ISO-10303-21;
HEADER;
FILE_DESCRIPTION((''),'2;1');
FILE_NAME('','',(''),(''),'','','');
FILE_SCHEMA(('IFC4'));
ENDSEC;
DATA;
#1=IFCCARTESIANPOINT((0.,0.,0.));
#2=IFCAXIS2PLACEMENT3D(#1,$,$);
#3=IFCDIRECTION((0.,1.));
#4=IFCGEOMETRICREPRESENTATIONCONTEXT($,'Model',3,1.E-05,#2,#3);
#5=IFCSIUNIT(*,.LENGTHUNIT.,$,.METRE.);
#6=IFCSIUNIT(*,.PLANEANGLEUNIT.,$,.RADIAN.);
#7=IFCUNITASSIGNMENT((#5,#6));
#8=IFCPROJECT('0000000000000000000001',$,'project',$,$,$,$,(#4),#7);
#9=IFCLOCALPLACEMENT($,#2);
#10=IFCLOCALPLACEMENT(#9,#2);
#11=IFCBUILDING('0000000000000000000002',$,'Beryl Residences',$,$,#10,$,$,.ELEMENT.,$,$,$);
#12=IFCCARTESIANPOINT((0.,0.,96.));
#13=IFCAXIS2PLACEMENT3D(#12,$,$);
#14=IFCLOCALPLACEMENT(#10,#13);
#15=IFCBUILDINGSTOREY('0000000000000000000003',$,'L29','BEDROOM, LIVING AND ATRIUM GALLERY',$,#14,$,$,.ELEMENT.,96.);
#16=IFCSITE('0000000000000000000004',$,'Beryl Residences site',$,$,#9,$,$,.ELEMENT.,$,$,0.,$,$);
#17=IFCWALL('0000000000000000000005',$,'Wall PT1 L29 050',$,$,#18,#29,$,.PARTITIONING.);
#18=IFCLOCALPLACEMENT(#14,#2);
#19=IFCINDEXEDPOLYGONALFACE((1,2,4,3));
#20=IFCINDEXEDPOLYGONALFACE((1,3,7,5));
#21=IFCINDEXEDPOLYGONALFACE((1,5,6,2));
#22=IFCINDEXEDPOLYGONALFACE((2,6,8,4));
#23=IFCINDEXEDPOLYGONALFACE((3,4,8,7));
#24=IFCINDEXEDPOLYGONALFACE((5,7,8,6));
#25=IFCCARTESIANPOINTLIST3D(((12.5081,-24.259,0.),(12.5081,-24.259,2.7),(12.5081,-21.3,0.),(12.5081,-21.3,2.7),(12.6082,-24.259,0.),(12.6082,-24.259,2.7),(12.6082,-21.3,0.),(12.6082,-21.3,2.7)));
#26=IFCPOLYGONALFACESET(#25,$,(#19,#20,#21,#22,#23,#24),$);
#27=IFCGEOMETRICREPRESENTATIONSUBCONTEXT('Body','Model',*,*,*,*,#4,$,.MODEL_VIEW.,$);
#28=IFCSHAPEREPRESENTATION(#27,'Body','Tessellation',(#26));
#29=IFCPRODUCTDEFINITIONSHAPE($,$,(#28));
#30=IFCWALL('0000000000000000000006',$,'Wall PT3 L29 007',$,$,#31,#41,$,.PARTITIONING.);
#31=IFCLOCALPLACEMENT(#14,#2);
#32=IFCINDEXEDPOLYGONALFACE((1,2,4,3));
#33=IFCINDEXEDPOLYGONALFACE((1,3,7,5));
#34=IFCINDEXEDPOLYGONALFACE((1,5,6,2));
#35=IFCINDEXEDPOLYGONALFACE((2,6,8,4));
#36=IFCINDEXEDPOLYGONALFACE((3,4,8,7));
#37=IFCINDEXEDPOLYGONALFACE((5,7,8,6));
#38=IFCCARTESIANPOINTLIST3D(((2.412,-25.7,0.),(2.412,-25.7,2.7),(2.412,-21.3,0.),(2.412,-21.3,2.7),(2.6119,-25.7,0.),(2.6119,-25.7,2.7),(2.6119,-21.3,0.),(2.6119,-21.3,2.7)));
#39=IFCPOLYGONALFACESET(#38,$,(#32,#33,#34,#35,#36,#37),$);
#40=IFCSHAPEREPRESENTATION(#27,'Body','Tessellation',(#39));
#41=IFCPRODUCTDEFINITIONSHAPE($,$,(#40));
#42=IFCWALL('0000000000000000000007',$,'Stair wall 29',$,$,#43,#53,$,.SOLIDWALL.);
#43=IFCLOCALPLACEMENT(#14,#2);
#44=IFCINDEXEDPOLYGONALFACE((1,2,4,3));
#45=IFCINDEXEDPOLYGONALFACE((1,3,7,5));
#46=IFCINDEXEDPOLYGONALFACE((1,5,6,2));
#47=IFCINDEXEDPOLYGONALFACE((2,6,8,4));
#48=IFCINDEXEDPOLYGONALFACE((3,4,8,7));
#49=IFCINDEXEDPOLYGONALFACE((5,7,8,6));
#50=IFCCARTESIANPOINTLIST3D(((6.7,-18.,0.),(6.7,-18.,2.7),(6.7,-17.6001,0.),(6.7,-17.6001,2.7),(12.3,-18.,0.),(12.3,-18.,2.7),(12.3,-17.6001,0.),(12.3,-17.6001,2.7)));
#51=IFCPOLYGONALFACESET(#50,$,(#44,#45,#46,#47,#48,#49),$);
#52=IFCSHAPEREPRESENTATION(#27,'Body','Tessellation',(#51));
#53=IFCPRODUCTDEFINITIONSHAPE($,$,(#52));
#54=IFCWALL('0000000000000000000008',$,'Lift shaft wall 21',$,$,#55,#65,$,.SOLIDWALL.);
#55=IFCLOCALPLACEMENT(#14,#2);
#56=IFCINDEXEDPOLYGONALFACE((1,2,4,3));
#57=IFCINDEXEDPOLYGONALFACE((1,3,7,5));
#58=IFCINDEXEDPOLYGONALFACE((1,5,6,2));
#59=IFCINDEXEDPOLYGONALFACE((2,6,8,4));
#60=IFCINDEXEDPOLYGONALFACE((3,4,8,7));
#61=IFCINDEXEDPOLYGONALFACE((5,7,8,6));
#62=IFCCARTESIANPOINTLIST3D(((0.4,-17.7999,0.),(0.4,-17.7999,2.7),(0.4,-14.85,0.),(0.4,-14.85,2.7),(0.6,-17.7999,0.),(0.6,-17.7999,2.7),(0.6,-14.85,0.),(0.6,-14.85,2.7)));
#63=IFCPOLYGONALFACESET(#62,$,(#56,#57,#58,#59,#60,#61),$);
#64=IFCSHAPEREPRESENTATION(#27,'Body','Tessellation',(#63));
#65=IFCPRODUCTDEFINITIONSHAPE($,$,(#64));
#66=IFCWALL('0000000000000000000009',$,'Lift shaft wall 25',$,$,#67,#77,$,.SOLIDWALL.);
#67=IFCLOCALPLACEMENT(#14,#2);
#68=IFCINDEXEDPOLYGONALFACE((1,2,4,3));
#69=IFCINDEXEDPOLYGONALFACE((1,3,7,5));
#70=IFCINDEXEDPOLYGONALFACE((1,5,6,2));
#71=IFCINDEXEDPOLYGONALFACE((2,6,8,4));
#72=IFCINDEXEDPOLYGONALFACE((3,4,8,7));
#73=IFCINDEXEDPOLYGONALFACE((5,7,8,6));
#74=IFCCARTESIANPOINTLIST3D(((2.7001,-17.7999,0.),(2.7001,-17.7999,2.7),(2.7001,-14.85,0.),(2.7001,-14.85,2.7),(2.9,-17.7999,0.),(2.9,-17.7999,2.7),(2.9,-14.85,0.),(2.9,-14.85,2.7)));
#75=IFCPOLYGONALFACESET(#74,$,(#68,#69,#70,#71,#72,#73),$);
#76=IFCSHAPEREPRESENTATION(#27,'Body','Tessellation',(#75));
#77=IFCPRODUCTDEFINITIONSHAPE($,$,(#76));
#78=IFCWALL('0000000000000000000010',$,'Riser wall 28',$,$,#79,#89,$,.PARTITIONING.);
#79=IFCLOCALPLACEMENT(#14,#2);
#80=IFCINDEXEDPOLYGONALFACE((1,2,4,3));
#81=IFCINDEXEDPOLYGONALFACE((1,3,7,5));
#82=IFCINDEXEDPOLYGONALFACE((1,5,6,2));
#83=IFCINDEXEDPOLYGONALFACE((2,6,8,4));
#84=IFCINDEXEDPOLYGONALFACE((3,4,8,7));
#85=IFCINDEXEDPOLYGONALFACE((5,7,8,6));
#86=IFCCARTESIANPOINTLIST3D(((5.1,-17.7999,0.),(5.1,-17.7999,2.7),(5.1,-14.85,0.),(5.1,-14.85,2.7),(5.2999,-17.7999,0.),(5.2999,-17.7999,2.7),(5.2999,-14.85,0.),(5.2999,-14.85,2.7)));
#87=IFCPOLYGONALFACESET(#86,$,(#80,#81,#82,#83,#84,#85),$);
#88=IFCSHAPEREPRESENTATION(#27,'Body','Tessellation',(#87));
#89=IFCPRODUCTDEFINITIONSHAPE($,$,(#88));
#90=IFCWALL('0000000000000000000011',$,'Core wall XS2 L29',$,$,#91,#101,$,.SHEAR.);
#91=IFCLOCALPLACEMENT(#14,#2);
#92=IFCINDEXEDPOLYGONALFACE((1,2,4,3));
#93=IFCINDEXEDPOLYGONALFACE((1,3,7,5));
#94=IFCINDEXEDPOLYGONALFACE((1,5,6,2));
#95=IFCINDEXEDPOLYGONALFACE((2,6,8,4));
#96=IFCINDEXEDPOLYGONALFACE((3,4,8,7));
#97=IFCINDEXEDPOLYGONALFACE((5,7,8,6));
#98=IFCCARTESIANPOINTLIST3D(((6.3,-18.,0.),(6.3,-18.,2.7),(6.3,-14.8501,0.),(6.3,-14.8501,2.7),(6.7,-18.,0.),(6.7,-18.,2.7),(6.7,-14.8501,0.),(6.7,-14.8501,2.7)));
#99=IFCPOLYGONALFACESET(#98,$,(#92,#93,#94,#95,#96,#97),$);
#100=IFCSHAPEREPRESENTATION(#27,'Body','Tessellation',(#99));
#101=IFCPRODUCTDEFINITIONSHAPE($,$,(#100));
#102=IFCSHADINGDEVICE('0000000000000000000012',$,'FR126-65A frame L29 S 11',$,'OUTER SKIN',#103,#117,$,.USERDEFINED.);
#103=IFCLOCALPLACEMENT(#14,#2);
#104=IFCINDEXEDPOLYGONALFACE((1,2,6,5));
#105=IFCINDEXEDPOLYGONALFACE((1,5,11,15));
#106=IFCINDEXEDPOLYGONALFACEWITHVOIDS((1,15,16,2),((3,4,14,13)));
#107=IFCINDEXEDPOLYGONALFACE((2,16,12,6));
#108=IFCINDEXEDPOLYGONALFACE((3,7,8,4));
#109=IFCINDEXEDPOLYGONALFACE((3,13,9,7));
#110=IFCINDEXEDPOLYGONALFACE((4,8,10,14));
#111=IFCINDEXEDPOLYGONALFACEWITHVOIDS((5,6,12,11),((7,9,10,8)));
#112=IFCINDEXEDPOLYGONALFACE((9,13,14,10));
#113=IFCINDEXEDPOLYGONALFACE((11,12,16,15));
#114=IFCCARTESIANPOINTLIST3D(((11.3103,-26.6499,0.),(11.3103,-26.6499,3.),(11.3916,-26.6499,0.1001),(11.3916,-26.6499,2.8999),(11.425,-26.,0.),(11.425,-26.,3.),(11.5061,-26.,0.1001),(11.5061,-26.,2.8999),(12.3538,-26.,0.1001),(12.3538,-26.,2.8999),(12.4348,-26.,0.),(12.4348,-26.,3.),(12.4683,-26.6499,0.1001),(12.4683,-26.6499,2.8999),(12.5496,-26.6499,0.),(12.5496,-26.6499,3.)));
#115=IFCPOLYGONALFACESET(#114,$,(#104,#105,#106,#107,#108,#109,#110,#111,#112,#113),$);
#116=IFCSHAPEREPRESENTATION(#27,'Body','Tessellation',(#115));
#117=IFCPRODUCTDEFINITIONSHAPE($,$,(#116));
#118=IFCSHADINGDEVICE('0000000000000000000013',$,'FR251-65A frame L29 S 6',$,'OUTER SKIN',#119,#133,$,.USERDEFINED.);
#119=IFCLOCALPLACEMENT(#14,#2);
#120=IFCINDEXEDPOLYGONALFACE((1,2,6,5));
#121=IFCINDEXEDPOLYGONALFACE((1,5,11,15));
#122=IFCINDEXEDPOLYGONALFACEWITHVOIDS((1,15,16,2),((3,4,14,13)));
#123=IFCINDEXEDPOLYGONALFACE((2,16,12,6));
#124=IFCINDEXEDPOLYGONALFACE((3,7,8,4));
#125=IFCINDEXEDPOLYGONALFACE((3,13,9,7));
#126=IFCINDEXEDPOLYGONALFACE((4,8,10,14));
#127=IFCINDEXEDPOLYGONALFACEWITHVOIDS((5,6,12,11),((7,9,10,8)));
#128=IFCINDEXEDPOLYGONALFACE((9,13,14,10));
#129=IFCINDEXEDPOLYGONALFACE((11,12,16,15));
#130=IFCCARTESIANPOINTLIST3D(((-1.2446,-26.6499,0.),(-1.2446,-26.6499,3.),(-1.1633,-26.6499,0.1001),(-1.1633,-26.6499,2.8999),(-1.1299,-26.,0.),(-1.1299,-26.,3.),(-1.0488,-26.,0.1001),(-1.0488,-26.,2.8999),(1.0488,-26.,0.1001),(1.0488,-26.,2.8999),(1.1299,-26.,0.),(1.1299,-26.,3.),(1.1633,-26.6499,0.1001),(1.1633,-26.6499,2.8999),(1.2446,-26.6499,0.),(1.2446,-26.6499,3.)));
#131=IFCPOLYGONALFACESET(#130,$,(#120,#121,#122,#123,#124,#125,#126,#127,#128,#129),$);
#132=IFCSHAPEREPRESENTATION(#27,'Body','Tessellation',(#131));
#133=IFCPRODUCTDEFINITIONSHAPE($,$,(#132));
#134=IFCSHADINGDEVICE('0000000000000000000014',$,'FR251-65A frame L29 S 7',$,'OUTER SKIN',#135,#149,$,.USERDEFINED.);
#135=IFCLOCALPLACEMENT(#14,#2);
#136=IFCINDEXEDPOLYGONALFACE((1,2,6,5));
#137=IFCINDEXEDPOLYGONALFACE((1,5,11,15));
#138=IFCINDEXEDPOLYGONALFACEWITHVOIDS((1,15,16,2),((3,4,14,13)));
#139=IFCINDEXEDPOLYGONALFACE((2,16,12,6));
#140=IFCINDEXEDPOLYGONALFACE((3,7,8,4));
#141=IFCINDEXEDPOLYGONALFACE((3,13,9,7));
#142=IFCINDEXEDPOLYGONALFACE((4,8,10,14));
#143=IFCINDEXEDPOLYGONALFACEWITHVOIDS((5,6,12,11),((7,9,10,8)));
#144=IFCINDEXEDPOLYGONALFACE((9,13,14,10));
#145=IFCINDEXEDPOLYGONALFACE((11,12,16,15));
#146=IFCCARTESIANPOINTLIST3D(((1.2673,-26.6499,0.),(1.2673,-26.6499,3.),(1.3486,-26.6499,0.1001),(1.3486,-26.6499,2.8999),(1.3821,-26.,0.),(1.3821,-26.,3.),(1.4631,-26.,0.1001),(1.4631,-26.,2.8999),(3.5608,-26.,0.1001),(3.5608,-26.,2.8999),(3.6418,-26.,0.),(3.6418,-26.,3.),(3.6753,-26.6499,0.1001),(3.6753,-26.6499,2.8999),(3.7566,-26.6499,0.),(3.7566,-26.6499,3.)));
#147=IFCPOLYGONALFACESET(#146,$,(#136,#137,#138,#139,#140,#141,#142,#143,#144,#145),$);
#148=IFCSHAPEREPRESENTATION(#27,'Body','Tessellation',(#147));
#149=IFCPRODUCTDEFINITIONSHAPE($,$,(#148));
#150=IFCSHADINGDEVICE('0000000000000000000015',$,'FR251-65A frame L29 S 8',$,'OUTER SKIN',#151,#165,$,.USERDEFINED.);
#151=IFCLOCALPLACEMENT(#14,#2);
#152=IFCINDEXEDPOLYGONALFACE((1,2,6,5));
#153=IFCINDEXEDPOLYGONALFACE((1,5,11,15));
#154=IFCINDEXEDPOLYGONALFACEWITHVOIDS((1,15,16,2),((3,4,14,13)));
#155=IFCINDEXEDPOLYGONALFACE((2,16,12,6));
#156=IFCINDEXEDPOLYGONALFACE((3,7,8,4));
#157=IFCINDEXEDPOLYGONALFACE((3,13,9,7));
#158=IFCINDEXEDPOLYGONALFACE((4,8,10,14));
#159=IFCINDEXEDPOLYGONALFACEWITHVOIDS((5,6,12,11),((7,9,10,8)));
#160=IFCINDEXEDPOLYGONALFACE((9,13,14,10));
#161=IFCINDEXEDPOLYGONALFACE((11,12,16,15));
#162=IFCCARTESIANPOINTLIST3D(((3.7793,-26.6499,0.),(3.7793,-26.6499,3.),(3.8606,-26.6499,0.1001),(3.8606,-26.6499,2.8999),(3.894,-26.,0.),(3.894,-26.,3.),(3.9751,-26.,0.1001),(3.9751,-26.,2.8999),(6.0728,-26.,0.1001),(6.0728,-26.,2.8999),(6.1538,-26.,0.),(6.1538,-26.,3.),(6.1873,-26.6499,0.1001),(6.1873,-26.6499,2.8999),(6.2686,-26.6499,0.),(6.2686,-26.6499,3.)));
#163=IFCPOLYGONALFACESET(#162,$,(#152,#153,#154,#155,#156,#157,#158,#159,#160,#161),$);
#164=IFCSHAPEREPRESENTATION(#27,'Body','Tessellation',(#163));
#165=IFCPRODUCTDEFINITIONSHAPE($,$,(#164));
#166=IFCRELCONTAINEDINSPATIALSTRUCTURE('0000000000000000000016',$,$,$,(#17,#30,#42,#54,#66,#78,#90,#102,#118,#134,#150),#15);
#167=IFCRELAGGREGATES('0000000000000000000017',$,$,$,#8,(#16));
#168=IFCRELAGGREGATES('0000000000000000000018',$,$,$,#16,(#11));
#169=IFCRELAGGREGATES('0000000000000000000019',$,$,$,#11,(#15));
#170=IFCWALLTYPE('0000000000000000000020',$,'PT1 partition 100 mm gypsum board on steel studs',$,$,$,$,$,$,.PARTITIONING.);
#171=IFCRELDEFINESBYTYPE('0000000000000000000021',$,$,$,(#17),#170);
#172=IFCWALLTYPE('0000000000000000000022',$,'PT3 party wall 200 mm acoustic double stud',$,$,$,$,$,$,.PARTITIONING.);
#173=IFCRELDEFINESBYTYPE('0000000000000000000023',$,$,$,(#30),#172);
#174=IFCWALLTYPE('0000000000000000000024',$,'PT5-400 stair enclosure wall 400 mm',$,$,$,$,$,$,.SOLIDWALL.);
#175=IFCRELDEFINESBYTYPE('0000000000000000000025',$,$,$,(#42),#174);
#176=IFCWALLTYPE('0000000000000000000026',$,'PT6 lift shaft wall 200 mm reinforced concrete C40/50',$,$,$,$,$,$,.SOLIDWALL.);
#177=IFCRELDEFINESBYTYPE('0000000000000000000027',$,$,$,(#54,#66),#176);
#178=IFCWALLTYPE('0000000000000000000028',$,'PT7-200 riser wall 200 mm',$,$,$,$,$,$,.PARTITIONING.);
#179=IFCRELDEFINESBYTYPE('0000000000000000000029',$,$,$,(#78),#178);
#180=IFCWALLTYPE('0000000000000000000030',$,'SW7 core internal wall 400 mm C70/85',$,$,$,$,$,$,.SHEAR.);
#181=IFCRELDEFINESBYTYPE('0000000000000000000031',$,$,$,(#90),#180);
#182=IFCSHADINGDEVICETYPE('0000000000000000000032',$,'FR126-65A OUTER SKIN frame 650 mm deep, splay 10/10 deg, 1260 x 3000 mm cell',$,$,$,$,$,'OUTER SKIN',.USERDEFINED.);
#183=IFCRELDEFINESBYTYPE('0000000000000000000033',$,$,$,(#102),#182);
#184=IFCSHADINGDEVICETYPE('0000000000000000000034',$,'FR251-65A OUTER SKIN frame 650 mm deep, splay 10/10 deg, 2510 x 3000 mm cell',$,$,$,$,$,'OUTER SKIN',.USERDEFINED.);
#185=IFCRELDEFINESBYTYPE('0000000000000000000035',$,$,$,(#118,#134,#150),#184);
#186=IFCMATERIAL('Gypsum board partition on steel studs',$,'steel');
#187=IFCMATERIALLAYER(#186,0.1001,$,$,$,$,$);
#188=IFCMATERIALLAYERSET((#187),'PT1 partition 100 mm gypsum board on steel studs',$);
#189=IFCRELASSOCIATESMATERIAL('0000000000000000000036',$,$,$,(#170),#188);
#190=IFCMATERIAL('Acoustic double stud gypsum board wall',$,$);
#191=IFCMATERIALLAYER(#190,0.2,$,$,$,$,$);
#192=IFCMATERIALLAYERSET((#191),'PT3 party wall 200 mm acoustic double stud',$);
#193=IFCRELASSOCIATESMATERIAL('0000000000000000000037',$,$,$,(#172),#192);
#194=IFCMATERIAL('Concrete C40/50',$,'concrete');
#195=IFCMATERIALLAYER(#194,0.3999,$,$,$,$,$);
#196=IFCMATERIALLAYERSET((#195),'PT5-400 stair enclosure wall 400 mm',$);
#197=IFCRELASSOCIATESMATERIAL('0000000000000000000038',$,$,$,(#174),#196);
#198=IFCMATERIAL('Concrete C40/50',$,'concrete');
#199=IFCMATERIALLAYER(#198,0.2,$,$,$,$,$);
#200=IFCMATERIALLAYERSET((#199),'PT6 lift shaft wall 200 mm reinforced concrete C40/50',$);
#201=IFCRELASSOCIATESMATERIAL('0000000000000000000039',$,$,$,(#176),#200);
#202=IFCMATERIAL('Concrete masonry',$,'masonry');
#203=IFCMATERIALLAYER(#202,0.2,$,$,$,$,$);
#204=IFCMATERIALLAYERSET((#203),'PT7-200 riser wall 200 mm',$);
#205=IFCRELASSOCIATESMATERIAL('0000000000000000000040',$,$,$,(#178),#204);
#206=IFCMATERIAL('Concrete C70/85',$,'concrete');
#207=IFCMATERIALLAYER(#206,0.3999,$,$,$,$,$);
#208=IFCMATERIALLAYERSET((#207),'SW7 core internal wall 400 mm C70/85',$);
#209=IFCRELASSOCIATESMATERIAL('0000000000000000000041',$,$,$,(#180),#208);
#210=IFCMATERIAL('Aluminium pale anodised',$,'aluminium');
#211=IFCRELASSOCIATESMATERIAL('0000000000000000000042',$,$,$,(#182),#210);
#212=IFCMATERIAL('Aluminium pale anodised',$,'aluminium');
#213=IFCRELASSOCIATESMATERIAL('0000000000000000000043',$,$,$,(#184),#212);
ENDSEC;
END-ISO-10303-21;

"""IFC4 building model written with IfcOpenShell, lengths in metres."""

from ifc_helpers import new_model, entity, si_unit, direction, frame, frame_2d, origin, place, context, subcontext, project, spatial, rectangle, extrude, source, transform, mapped, material, layer, layer_set, type_object, type_shapes, element, save


model = new_model("IFC4")

# Units and contexts
model_context = context("Model", 3, precision=1e-05, world=origin(), true_north=direction((0.0, 1.0)))
body_context = subcontext(model_context, "Body", "Model", "MODEL_VIEW")
ifc_project = project(units=[si_unit("LENGTHUNIT", "METRE"), si_unit("PLANEANGLEUNIT", "RADIAN")], contexts=[model_context])

# Site, building, storey
site_placement = place(None, origin())
site = spatial("IfcSite", under=ifc_project, at=site_placement, Name="Beryl Residences site", CompositionType="ELEMENT", RefElevation=0.0)
building_placement = place(site_placement, origin())
building = spatial("IfcBuilding", under=site, at=building_placement, Name="Beryl Residences", CompositionType="ELEMENT")
storey_placement = place(building_placement, frame((0.0, 0.0, 96.0)))
storey = spatial("IfcBuildingStorey", under=building, at=storey_placement, Name="L29", Description="BEDROOM, LIVING AND ATRIUM GALLERY", CompositionType="ELEMENT", Elevation=96.0)

# Shared definitions
ifc_material_1 = material(Name="Gypsum board partition on steel studs", Category="steel")
ifc_layer_1 = layer(ifc_material_1, 0.1001)
ifc_layer_set_1 = layer_set([ifc_layer_1], Name="PT1 partition 100 mm gypsum board on steel studs")
wall_type_1 = type_object("IfcWallType", Name="PT1 partition 100 mm gypsum board on steel studs", PredefinedType="PARTITIONING", material=ifc_layer_set_1)

# Walls
wall_1_placement = place(storey_placement, frame((12.5581, -24.259, 0.0), z_axis=(0.0, 0.0, 1.0), x_axis=(0.0, 1.0, 0.0)))
element("IfcWall", 1, at=wall_1_placement, inside=storey, type_object=wall_type_1, Name="Wall PT1 L29 050", PredefinedType="PARTITIONING", context=body_context, shape_type="SweptSolid", body=[
    extrude(rectangle(XDim=2.959, YDim=0.1001, at=frame_2d((1.4795, 0.0))), origin(), (0.0, 0.0, 1.0), 2.7),
])
ifc_material_2 = material(Name="Acoustic double stud gypsum board wall")
ifc_layer_2 = layer(ifc_material_2, 0.2)
ifc_layer_set_2 = layer_set([ifc_layer_2], Name="PT3 party wall 200 mm acoustic double stud")
wall_type_2 = type_object("IfcWallType", Name="PT3 party wall 200 mm acoustic double stud", PredefinedType="PARTITIONING", material=ifc_layer_set_2)
wall_2_placement = place(storey_placement, frame((2.512, -25.7, 0.0), z_axis=(0.0, 0.0, 1.0), x_axis=(0.0, 1.0, 0.0)))
element("IfcWall", 2, at=wall_2_placement, inside=storey, type_object=wall_type_2, Name="Wall PT3 L29 007", PredefinedType="PARTITIONING", context=body_context, shape_type="SweptSolid", body=[
    extrude(rectangle(XDim=4.3999, YDim=0.2, at=frame_2d((2.2, 0.0))), origin(), (0.0, 0.0, 1.0), 2.7),
])
ifc_material_3 = material(Name="Concrete C40/50", Category="concrete")
ifc_layer_3 = layer(ifc_material_3, 0.3999)
ifc_layer_set_3 = layer_set([ifc_layer_3], Name="PT5-400 stair enclosure wall 400 mm")
wall_type_3 = type_object("IfcWallType", Name="PT5-400 stair enclosure wall 400 mm", PredefinedType="SOLIDWALL", material=ifc_layer_set_3)
wall_3_placement = place(storey_placement, frame((6.7, -17.8, 0.0), z_axis=(0.0, 0.0, 1.0), x_axis=(1.0, 0.0, 0.0)))
element("IfcWall", 3, at=wall_3_placement, inside=storey, type_object=wall_type_3, Name="Stair wall 29", PredefinedType="SOLIDWALL", context=body_context, shape_type="SweptSolid", body=[
    extrude(rectangle(XDim=5.6001, YDim=0.3999, at=frame_2d((2.8, 0.0))), origin(), (0.0, 0.0, 1.0), 2.7),
])
ifc_material_4 = material(Name="Concrete C40/50", Category="concrete")
ifc_layer_4 = layer(ifc_material_4, 0.2)
ifc_layer_set_4 = layer_set([ifc_layer_4], Name="PT6 lift shaft wall 200 mm reinforced concrete C40/50")
wall_type_4 = type_object("IfcWallType", Name="PT6 lift shaft wall 200 mm reinforced concrete C40/50", PredefinedType="SOLIDWALL", material=ifc_layer_set_4)
for number, where, z_axis, x_axis, name in (
    (4, (0.5, -17.8, 0.0), (0.0, 0.0, 1.0), (0.0, 1.0, 0.0), "Lift shaft wall 21"),
    (5, (2.8, -17.8, 0.0), (0.0, 0.0, 1.0), (0.0, 1.0, 0.0), "Lift shaft wall 25"),
):
    element("IfcWall", number, at=place(storey_placement, frame(where, z_axis=z_axis, x_axis=x_axis)), inside=storey, type_object=wall_type_4, Name=name, PredefinedType="SOLIDWALL", context=body_context, shape_type="SweptSolid", body=[
        extrude(rectangle(XDim=2.95, YDim=0.2, at=frame_2d((1.4751, 0.0))), origin(), (0.0, 0.0, 1.0), 2.7),
    ])
ifc_material_5 = material(Name="Concrete masonry", Category="masonry")
ifc_layer_5 = layer(ifc_material_5, 0.2)
ifc_layer_set_5 = layer_set([ifc_layer_5], Name="PT7-200 riser wall 200 mm")
wall_type_5 = type_object("IfcWallType", Name="PT7-200 riser wall 200 mm", PredefinedType="PARTITIONING", material=ifc_layer_set_5)
wall_4_placement = place(storey_placement, frame((5.2, -17.8, 0.0), z_axis=(0.0, 0.0, 1.0), x_axis=(0.0, 1.0, 0.0)))
element("IfcWall", 6, at=wall_4_placement, inside=storey, type_object=wall_type_5, Name="Riser wall 28", PredefinedType="PARTITIONING", context=body_context, shape_type="SweptSolid", body=[
    extrude(rectangle(XDim=2.95, YDim=0.2, at=frame_2d((1.4751, 0.0))), origin(), (0.0, 0.0, 1.0), 2.7),
])
ifc_material_6 = material(Name="Concrete C70/85", Category="concrete")
ifc_layer_6 = layer(ifc_material_6, 0.3999)
ifc_layer_set_6 = layer_set([ifc_layer_6], Name="SW7 core internal wall 400 mm C70/85")
wall_type_6 = type_object("IfcWallType", Name="SW7 core internal wall 400 mm C70/85", PredefinedType="SHEAR", material=ifc_layer_set_6)
wall_5_placement = place(storey_placement, frame((6.5, -18.0, 0.0), z_axis=(0.0, 0.0, 1.0), x_axis=(0.0, 1.0, 0.0)))
element("IfcWall", 7, at=wall_5_placement, inside=storey, type_object=wall_type_6, Name="Core wall XS2 L29", PredefinedType="SHEAR", context=body_context, shape_type="SweptSolid", body=[
    extrude(rectangle(XDim=3.1499, YDim=0.3999, at=frame_2d((1.575, 0.0))), origin(), (0.0, 0.0, 1.0), 2.7),
])

# Shading devices
ifc_material_7 = material(Name="Aluminium pale anodised", Category="aluminium")
shading_device_type_1 = type_object("IfcShadingDeviceType", Name="FR126-65A OUTER SKIN frame 650 mm deep, splay 10/10 deg, 1260 x 3000 mm cell", ElementType="OUTER SKIN", PredefinedType="USERDEFINED", material=ifc_material_7)
cartesian_point_1 = entity("IfcCartesianPoint", [-0.5049, 0.0])
cartesian_point_2 = entity("IfcCartesianPoint", [-0.4238, 0.1001])
cartesian_point_3 = entity("IfcCartesianPoint", [-0.6196, 0.0])
cartesian_point_4 = entity("IfcCartesianPoint", [-0.5383, 0.1001])
shared_shape_1 = source(origin(), body_context, "Body", "SweptSolid", [
    entity("IfcExtrudedAreaSolidTapered", entity("IfcArbitraryProfileDefWithVoids", "AREA", None, entity("IfcPolyline", [cartesian_point_1, entity("IfcCartesianPoint", [0.5049, 0.0]), entity("IfcCartesianPoint", [0.5049, 3.0]), entity("IfcCartesianPoint", [-0.5049, 3.0]), cartesian_point_1]), [entity("IfcPolyline", [cartesian_point_2, entity("IfcCartesianPoint", [0.4238, 0.1001]), entity("IfcCartesianPoint", [0.4238, 2.8999]), entity("IfcCartesianPoint", [-0.4238, 2.8999]), cartesian_point_2])]), entity("IfcAxis2Placement3D", entity("IfcCartesianPoint", [0.0, 0.0, 0.0]), entity("IfcDirection", [0.0, 1.0, 0.0]), entity("IfcDirection", [-1.0, 0.0, 0.0])), entity("IfcDirection", [0.0, 0.0, 1.0]), 0.6499, entity("IfcArbitraryProfileDefWithVoids", "AREA", None, entity("IfcPolyline", [cartesian_point_3, entity("IfcCartesianPoint", [0.6196, 0.0]), entity("IfcCartesianPoint", [0.6196, 3.0]), entity("IfcCartesianPoint", [-0.6196, 3.0]), cartesian_point_3]), [entity("IfcPolyline", [cartesian_point_4, entity("IfcCartesianPoint", [0.5383, 0.1001]), entity("IfcCartesianPoint", [0.5383, 2.8999]), entity("IfcCartesianPoint", [-0.5383, 2.8999]), cartesian_point_4])])),
])
type_shapes(shading_device_type_1, [shared_shape_1])
shading_device_placement = place(storey_placement, frame((11.9299, -26.0, 0.0), z_axis=(0.0, 0.0, 1.0), x_axis=(-1.0, 0.0, 0.0)))
element("IfcShadingDevice", 8, at=shading_device_placement, inside=storey, type_object=shading_device_type_1, Name="FR126-65A frame L29 S 11", ObjectType="OUTER SKIN", PredefinedType="USERDEFINED", context=body_context, shape_type="MappedRepresentation", body=[
    mapped(shared_shape_1, transform((0.0, 0.0, 0.0))),
])
ifc_material_8 = material(Name="Aluminium pale anodised", Category="aluminium")
shading_device_type_2 = type_object("IfcShadingDeviceType", Name="FR251-65A OUTER SKIN frame 650 mm deep, splay 10/10 deg, 2510 x 3000 mm cell", ElementType="OUTER SKIN", PredefinedType="USERDEFINED", material=ifc_material_8)
cartesian_point_5 = entity("IfcCartesianPoint", [-1.1299, 0.0])
cartesian_point_6 = entity("IfcCartesianPoint", [-1.0488, 0.1001])
cartesian_point_7 = entity("IfcCartesianPoint", [-1.2446, 0.0])
cartesian_point_8 = entity("IfcCartesianPoint", [-1.1633, 0.1001])
shared_shape_2 = source(origin(), body_context, "Body", "SweptSolid", [
    entity("IfcExtrudedAreaSolidTapered", entity("IfcArbitraryProfileDefWithVoids", "AREA", None, entity("IfcPolyline", [cartesian_point_5, entity("IfcCartesianPoint", [1.1299, 0.0]), entity("IfcCartesianPoint", [1.1299, 3.0]), entity("IfcCartesianPoint", [-1.1299, 3.0]), cartesian_point_5]), [entity("IfcPolyline", [cartesian_point_6, entity("IfcCartesianPoint", [1.0488, 0.1001]), entity("IfcCartesianPoint", [1.0488, 2.8999]), entity("IfcCartesianPoint", [-1.0488, 2.8999]), cartesian_point_6])]), entity("IfcAxis2Placement3D", entity("IfcCartesianPoint", [0.0, 0.0, 0.0]), entity("IfcDirection", [0.0, 1.0, 0.0]), entity("IfcDirection", [-1.0, 0.0, 0.0])), entity("IfcDirection", [0.0, 0.0, 1.0]), 0.6499, entity("IfcArbitraryProfileDefWithVoids", "AREA", None, entity("IfcPolyline", [cartesian_point_7, entity("IfcCartesianPoint", [1.2446, 0.0]), entity("IfcCartesianPoint", [1.2446, 3.0]), entity("IfcCartesianPoint", [-1.2446, 3.0]), cartesian_point_7]), [entity("IfcPolyline", [cartesian_point_8, entity("IfcCartesianPoint", [1.1633, 0.1001]), entity("IfcCartesianPoint", [1.1633, 2.8999]), entity("IfcCartesianPoint", [-1.1633, 2.8999]), cartesian_point_8])])),
])
type_shapes(shading_device_type_2, [shared_shape_2])
for number, where, z_axis, x_axis, name in (
    (9, (0.0, -26.0, 0.0), (0.0, 0.0, 1.0), (-1.0, 0.0, 0.0), "FR251-65A frame L29 S 6"),
    (10, (2.512, -26.0, 0.0), (0.0, 0.0, 1.0), (-1.0, 0.0, 0.0), "FR251-65A frame L29 S 7"),
    (11, (5.0239, -26.0, 0.0), (0.0, 0.0, 1.0), (-1.0, 0.0, 0.0), "FR251-65A frame L29 S 8"),
):
    element("IfcShadingDevice", number, at=place(storey_placement, frame(where, z_axis=z_axis, x_axis=x_axis)), inside=storey, type_object=shading_device_type_2, Name=name, ObjectType="OUTER SKIN", PredefinedType="USERDEFINED", context=body_context, shape_type="MappedRepresentation", body=[
        mapped(shared_shape_2, transform((0.0, 0.0, 0.0))),
    ])

save(model, "model.ifc")
